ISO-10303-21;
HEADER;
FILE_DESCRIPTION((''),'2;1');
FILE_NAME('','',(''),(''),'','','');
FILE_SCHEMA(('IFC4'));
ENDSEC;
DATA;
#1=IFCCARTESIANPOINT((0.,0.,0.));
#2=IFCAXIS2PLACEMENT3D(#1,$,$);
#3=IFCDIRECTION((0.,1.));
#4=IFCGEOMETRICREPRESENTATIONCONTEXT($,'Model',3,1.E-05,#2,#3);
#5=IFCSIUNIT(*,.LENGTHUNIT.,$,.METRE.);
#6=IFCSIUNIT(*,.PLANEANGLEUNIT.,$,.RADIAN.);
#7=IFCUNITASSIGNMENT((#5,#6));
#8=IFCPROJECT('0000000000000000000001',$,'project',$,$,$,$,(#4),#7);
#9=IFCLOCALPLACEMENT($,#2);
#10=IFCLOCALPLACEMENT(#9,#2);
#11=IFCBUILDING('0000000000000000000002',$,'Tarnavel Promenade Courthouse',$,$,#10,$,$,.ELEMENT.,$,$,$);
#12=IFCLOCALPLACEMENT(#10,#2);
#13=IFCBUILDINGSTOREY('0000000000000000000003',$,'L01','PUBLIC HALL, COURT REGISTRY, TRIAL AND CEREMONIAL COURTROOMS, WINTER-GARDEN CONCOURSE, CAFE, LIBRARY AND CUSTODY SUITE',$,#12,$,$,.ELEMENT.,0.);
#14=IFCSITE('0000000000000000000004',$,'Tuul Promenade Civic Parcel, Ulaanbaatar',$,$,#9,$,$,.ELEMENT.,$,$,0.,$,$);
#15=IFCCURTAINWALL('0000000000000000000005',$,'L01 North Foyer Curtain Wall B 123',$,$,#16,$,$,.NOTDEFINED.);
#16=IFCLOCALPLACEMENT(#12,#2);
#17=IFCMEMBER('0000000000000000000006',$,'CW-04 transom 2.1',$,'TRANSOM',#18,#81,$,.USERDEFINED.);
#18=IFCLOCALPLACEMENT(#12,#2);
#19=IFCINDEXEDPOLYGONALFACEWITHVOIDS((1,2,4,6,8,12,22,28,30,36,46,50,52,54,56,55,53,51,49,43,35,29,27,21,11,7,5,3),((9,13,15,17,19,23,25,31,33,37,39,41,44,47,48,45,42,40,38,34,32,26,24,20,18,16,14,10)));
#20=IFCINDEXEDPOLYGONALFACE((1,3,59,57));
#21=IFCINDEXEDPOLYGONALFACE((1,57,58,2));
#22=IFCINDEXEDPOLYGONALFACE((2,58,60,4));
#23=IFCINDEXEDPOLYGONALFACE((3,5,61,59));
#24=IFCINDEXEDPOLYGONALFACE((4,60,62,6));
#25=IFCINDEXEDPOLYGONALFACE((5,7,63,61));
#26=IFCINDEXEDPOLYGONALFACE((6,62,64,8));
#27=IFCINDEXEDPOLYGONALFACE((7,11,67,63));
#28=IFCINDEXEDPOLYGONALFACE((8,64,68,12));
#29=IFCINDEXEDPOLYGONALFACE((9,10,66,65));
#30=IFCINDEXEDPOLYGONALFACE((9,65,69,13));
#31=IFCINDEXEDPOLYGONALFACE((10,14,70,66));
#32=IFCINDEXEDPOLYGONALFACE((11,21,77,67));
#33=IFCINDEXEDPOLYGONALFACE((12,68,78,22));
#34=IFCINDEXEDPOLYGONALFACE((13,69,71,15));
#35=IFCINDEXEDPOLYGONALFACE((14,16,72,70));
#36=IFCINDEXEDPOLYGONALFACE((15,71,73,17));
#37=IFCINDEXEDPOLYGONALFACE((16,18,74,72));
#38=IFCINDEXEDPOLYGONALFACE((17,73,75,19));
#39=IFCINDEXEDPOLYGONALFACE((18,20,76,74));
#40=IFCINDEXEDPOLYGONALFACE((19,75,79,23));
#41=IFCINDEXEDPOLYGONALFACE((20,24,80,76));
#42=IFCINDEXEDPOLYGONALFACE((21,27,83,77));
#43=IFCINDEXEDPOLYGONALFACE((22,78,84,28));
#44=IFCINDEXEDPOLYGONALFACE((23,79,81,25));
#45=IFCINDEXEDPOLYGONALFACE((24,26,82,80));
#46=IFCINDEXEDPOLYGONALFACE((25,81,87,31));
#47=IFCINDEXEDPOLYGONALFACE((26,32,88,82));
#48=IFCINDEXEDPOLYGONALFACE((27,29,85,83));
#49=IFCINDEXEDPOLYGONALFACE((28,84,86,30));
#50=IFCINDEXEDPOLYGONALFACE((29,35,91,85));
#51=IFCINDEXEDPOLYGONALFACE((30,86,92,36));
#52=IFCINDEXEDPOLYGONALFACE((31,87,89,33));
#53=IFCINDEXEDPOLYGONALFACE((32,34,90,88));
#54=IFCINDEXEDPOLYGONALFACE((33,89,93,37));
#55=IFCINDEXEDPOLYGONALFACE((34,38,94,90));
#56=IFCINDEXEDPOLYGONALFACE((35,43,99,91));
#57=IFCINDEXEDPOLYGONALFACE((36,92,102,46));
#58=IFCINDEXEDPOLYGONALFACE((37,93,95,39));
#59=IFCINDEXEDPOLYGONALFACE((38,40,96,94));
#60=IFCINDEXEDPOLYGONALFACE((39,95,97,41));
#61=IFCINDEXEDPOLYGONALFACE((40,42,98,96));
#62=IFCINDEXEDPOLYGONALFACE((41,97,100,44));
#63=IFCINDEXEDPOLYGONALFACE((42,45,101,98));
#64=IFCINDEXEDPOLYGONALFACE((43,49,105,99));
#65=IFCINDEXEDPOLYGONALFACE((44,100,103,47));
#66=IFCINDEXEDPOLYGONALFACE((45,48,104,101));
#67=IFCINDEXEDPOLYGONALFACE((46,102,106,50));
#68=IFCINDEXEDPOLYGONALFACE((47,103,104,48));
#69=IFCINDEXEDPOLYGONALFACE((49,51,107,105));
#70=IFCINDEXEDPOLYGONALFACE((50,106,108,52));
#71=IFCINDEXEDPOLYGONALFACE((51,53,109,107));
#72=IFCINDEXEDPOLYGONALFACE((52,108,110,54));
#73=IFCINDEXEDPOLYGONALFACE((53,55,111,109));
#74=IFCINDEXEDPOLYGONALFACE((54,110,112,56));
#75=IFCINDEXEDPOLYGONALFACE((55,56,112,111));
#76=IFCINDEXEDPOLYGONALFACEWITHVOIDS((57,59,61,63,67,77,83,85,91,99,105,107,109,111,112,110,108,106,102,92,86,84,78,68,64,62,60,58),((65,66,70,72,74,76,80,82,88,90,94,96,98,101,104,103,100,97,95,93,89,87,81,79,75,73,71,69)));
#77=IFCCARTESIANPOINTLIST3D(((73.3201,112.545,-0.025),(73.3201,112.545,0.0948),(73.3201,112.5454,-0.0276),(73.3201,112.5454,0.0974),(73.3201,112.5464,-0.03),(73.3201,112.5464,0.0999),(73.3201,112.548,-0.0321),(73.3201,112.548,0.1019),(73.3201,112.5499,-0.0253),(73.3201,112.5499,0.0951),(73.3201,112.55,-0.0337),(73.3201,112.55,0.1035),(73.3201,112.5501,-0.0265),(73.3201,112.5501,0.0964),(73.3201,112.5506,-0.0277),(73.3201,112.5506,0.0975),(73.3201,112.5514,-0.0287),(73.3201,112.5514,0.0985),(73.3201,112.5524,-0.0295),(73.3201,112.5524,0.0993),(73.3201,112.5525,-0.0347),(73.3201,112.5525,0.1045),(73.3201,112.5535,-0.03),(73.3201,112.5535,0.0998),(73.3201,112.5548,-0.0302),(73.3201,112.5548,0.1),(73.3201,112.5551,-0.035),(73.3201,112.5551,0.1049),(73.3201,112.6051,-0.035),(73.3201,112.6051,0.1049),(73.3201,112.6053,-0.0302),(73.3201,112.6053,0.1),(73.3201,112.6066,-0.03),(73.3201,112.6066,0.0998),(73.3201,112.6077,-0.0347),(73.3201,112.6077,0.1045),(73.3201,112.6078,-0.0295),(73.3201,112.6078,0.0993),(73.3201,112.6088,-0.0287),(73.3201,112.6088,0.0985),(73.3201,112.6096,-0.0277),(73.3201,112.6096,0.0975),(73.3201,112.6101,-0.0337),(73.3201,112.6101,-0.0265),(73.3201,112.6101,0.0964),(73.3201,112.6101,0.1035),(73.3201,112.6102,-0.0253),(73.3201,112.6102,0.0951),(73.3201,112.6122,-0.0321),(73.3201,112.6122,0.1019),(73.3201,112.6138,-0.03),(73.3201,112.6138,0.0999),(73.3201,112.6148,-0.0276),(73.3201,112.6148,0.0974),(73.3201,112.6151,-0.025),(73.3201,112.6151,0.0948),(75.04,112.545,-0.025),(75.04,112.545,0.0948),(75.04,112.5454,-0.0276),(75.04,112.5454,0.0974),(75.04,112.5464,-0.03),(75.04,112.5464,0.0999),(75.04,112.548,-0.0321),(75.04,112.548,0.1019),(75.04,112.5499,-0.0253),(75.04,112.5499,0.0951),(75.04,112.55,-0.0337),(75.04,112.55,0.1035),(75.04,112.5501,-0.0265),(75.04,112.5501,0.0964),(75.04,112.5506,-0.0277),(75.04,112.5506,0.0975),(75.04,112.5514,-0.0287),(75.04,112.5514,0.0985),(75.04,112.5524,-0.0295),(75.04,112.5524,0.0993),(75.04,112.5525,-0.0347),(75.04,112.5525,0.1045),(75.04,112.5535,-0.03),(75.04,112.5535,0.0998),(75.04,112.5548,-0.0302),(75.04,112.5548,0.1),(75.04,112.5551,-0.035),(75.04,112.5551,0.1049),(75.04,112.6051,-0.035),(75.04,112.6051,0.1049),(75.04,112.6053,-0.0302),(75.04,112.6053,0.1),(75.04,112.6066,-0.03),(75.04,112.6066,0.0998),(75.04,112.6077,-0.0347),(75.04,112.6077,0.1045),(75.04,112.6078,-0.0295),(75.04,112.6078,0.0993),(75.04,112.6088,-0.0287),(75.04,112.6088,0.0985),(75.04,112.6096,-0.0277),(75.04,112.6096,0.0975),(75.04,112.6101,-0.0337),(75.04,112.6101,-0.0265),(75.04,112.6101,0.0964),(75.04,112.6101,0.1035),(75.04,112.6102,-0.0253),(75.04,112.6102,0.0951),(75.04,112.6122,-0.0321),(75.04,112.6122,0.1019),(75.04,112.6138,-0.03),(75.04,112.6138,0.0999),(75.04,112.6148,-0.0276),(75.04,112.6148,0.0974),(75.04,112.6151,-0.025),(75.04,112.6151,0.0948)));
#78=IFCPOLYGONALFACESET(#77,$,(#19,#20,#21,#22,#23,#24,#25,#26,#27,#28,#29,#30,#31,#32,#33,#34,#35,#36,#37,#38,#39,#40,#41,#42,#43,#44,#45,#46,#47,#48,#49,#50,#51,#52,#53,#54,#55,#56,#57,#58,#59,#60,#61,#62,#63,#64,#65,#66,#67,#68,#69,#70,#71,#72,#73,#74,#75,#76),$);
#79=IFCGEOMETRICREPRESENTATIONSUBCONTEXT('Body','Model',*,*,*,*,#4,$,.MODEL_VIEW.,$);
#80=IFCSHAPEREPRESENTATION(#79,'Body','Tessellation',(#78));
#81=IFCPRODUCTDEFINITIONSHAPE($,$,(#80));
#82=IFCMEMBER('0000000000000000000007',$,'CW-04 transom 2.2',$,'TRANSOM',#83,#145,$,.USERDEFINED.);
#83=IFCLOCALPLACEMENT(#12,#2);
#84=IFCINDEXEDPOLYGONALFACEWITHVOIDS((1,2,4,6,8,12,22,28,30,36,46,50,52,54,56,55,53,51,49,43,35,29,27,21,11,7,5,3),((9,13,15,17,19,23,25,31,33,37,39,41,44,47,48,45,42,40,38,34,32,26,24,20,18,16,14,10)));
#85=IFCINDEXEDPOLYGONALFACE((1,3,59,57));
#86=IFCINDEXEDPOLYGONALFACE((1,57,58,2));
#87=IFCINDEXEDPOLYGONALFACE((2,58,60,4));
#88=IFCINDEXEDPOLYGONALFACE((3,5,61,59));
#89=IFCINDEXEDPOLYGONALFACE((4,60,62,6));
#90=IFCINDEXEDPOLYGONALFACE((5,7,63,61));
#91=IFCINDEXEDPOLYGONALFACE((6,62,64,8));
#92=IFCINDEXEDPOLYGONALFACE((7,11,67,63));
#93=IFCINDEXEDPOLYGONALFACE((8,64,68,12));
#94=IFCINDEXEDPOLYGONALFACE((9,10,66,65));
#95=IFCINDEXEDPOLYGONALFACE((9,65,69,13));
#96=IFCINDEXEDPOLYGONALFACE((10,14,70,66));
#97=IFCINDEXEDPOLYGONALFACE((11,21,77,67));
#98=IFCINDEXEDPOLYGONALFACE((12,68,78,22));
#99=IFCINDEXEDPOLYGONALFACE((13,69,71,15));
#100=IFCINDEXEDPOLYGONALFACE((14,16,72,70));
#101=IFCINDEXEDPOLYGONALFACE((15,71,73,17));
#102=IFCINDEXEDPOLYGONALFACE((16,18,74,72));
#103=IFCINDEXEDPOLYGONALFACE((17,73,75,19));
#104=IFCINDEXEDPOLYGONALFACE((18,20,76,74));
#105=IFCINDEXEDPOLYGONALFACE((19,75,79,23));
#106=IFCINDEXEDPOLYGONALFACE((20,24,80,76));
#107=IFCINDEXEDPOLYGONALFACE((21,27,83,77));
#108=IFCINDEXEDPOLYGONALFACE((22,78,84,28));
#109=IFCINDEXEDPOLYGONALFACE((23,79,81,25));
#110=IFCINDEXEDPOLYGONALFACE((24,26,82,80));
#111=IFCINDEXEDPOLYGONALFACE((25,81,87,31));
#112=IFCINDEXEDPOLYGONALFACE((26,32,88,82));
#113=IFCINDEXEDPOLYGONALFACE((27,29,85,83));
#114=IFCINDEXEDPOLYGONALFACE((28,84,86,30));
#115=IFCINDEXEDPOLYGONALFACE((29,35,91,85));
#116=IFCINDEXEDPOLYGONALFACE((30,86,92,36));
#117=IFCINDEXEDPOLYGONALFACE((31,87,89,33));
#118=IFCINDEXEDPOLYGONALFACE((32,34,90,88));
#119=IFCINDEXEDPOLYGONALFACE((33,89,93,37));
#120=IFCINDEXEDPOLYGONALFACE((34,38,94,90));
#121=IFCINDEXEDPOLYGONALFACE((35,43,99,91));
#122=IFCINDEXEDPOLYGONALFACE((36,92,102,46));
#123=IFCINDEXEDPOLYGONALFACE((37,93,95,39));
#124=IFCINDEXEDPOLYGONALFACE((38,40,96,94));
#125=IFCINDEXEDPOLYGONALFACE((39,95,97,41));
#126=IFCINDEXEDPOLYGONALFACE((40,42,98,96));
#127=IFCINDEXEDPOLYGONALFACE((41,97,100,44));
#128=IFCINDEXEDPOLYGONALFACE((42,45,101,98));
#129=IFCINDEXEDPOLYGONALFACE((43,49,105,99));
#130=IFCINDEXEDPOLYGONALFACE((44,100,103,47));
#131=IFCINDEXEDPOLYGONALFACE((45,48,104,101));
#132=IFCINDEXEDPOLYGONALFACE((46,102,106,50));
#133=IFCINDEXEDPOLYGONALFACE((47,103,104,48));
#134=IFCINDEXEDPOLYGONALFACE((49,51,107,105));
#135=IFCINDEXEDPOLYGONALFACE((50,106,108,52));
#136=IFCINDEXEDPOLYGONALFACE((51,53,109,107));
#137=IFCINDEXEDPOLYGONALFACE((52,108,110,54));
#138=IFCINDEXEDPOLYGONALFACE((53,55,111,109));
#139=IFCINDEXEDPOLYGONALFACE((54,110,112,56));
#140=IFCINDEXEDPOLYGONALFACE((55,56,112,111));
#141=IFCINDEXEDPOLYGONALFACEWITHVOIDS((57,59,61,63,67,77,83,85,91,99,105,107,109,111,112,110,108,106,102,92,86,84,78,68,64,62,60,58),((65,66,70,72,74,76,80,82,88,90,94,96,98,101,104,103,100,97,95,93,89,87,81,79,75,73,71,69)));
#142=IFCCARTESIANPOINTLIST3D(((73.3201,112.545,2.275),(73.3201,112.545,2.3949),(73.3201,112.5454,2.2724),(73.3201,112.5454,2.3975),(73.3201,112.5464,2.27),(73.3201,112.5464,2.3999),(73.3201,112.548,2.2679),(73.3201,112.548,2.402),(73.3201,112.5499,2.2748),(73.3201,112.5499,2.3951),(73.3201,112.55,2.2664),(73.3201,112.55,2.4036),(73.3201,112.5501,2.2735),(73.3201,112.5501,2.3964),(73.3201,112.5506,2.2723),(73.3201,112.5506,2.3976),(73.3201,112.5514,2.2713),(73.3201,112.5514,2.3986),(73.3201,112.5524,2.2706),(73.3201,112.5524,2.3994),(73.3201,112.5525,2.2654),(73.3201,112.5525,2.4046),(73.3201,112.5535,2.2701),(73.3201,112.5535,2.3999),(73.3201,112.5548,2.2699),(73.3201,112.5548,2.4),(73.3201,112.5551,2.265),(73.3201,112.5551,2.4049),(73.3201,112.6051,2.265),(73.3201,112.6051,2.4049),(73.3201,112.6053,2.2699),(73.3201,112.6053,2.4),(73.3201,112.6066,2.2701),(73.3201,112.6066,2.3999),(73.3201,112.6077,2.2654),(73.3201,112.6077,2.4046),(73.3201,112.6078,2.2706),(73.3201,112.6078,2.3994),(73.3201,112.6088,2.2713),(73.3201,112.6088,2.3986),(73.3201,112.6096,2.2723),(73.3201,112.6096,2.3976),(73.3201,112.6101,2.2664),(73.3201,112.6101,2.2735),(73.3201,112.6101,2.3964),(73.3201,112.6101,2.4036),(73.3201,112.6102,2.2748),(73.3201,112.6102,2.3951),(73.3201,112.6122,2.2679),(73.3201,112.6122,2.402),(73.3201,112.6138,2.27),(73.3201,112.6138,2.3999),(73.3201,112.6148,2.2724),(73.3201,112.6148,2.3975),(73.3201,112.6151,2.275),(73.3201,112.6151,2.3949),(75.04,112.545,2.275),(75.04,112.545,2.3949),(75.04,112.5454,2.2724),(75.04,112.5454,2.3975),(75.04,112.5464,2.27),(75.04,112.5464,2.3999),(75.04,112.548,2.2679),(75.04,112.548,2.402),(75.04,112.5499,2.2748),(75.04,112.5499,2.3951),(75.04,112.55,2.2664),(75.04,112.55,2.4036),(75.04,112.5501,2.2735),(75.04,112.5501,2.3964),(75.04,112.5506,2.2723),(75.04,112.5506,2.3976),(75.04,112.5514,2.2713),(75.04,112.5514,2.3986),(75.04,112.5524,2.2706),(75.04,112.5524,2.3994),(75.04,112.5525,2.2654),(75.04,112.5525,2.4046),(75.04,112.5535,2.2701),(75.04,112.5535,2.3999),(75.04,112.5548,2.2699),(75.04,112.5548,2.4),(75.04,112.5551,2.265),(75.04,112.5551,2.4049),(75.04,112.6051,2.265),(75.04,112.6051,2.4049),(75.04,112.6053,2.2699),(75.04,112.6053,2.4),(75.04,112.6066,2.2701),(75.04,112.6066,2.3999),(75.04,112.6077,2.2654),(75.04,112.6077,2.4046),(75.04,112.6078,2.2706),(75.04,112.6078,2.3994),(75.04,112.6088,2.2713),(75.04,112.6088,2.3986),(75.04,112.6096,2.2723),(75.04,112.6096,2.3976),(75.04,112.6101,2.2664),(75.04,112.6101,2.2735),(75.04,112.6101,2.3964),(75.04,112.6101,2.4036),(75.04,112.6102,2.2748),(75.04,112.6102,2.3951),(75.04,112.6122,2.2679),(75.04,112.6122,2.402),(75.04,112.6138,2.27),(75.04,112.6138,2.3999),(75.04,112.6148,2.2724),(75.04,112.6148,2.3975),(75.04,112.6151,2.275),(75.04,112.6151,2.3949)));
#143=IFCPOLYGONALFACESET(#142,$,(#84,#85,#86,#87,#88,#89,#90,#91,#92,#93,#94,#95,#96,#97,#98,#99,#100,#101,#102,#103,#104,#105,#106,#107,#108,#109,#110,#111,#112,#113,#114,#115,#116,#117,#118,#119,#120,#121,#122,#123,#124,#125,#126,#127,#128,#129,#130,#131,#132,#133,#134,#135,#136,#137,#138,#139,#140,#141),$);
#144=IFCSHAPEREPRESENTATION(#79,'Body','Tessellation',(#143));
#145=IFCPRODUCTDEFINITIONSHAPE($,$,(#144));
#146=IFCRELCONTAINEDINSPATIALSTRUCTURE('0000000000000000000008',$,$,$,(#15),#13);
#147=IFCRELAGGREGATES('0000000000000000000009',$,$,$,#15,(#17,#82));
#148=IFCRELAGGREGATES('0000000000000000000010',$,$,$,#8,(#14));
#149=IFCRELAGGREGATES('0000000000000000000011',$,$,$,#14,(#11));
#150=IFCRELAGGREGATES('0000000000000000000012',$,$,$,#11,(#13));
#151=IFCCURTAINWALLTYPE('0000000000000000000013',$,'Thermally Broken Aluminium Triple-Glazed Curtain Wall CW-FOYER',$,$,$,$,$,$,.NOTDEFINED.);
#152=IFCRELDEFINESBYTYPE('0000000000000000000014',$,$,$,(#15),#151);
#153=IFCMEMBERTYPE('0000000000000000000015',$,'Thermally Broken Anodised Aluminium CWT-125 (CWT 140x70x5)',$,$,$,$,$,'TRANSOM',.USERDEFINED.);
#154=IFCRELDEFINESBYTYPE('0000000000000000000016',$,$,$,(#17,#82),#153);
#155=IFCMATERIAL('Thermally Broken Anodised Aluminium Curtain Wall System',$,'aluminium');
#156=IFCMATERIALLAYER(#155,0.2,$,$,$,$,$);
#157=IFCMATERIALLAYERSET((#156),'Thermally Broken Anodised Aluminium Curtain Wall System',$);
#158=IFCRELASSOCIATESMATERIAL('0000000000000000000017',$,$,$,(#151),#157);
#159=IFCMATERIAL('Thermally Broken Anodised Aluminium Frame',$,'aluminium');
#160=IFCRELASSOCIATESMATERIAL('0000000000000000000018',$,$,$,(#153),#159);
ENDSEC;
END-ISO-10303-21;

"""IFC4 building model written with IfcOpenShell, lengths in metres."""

from ifc_helpers import new_model, si_unit, direction, frame, origin, origin_2d, place, context, subcontext, project, spatial, hollow_rectangle, extrude, material, layer, layer_set, material_profile, profile_set, type_object, element, aggregate, save


model = new_model("IFC4")

# Units and contexts
model_context = context("Model", 3, precision=1e-05, world=origin(), true_north=direction((0.0, 1.0)))
body_context = subcontext(model_context, "Body", "Model", "MODEL_VIEW")
ifc_project = project(units=[si_unit("LENGTHUNIT", "METRE"), si_unit("PLANEANGLEUNIT", "RADIAN")], contexts=[model_context])

# Site, building, storey
site_placement = place(None, origin())
site = spatial("IfcSite", under=ifc_project, at=site_placement, Name="Tuul Promenade Civic Parcel, Ulaanbaatar", CompositionType="ELEMENT", RefElevation=0.0)
building_placement = place(site_placement, origin())
building = spatial("IfcBuilding", under=site, at=building_placement, Name="Tarnavel Promenade Courthouse", CompositionType="ELEMENT")
storey_placement = place(building_placement, origin())
storey = spatial("IfcBuildingStorey", under=building, at=storey_placement, Name="L01", Description="PUBLIC HALL, COURT REGISTRY, TRIAL AND CEREMONIAL COURTROOMS, WINTER-GARDEN CONCOURSE, CAFE, LIBRARY AND CUSTODY SUITE", CompositionType="ELEMENT", Elevation=0.0)

# Shared definitions
ifc_material_1 = material(Name="Thermally Broken Anodised Aluminium Curtain Wall System", Category="aluminium")
ifc_layer_1 = layer(ifc_material_1, 0.2)
ifc_layer_set_1 = layer_set([ifc_layer_1], Name="Thermally Broken Anodised Aluminium Curtain Wall System")
curtain_wall_type = type_object("IfcCurtainWallType", Name="Thermally Broken Aluminium Triple-Glazed Curtain Wall CW-FOYER", PredefinedType="NOTDEFINED", material=ifc_layer_set_1)
ifc_material_2 = material(Name="Thermally Broken Anodised Aluminium Frame", Category="aluminium")

# Curtain wall
curtain_wall_1_placement = place(storey_placement, origin())
curtain_wall_1 = element("IfcCurtainWall", 1, at=curtain_wall_1_placement, inside=storey, type_object=curtain_wall_type, Name="L01 North Foyer Curtain Wall B 123", PredefinedType="NOTDEFINED")

# Members
ifc_material_profile_1 = material_profile(ifc_material_2, hollow_rectangle(XDim=0.0701, YDim=0.1399, WallThickness=0.0049, InnerFilletRadius=0.0049, OuterFilletRadius=0.01, at=origin_2d()), Name="CWT 140x70x5")
ifc_profile_set_1 = profile_set([ifc_material_profile_1], Name="Thermally Broken Anodised Aluminium Frame")
member_type_1 = type_object("IfcMemberType", Name="Thermally Broken Anodised Aluminium CWT-125 (CWT 140x70x5)", ElementType="TRANSOM", PredefinedType="USERDEFINED", material=ifc_profile_set_1)
member_1_placement = place(storey_placement, frame((73.3201, 112.5801, 0.0349), z_axis=(1.0, 0.0, 0.0), x_axis=(0.0, 1.0, 0.0)))
member_1 = element("IfcMember", 2, at=member_1_placement, type_object=member_type_1, Name="CW-04 transom 2.1", ObjectType="TRANSOM", PredefinedType="USERDEFINED", context=body_context, shape_type="SweptSolid", body=[
    extrude(hollow_rectangle(XDim=0.0701, YDim=0.1399, WallThickness=0.0049, InnerFilletRadius=0.0049, OuterFilletRadius=0.01, at=origin_2d()), origin(), (0.0, 0.0, 1.0), 1.72),
])
member_2_placement = place(storey_placement, frame((73.3201, 112.5801, 2.335), z_axis=(1.0, 0.0, 0.0), x_axis=(0.0, 1.0, 0.0)))
member_2 = element("IfcMember", 3, at=member_2_placement, type_object=member_type_1, Name="CW-04 transom 2.2", ObjectType="TRANSOM", PredefinedType="USERDEFINED", context=body_context, shape_type="SweptSolid", body=[
    extrude(hollow_rectangle(XDim=0.0701, YDim=0.1399, WallThickness=0.0049, InnerFilletRadius=0.0049, OuterFilletRadius=0.01, at=origin_2d()), origin(), (0.0, 0.0, 1.0), 1.72),
])

aggregate(curtain_wall_1, [member_1, member_2])

save(model, "model.ifc")
